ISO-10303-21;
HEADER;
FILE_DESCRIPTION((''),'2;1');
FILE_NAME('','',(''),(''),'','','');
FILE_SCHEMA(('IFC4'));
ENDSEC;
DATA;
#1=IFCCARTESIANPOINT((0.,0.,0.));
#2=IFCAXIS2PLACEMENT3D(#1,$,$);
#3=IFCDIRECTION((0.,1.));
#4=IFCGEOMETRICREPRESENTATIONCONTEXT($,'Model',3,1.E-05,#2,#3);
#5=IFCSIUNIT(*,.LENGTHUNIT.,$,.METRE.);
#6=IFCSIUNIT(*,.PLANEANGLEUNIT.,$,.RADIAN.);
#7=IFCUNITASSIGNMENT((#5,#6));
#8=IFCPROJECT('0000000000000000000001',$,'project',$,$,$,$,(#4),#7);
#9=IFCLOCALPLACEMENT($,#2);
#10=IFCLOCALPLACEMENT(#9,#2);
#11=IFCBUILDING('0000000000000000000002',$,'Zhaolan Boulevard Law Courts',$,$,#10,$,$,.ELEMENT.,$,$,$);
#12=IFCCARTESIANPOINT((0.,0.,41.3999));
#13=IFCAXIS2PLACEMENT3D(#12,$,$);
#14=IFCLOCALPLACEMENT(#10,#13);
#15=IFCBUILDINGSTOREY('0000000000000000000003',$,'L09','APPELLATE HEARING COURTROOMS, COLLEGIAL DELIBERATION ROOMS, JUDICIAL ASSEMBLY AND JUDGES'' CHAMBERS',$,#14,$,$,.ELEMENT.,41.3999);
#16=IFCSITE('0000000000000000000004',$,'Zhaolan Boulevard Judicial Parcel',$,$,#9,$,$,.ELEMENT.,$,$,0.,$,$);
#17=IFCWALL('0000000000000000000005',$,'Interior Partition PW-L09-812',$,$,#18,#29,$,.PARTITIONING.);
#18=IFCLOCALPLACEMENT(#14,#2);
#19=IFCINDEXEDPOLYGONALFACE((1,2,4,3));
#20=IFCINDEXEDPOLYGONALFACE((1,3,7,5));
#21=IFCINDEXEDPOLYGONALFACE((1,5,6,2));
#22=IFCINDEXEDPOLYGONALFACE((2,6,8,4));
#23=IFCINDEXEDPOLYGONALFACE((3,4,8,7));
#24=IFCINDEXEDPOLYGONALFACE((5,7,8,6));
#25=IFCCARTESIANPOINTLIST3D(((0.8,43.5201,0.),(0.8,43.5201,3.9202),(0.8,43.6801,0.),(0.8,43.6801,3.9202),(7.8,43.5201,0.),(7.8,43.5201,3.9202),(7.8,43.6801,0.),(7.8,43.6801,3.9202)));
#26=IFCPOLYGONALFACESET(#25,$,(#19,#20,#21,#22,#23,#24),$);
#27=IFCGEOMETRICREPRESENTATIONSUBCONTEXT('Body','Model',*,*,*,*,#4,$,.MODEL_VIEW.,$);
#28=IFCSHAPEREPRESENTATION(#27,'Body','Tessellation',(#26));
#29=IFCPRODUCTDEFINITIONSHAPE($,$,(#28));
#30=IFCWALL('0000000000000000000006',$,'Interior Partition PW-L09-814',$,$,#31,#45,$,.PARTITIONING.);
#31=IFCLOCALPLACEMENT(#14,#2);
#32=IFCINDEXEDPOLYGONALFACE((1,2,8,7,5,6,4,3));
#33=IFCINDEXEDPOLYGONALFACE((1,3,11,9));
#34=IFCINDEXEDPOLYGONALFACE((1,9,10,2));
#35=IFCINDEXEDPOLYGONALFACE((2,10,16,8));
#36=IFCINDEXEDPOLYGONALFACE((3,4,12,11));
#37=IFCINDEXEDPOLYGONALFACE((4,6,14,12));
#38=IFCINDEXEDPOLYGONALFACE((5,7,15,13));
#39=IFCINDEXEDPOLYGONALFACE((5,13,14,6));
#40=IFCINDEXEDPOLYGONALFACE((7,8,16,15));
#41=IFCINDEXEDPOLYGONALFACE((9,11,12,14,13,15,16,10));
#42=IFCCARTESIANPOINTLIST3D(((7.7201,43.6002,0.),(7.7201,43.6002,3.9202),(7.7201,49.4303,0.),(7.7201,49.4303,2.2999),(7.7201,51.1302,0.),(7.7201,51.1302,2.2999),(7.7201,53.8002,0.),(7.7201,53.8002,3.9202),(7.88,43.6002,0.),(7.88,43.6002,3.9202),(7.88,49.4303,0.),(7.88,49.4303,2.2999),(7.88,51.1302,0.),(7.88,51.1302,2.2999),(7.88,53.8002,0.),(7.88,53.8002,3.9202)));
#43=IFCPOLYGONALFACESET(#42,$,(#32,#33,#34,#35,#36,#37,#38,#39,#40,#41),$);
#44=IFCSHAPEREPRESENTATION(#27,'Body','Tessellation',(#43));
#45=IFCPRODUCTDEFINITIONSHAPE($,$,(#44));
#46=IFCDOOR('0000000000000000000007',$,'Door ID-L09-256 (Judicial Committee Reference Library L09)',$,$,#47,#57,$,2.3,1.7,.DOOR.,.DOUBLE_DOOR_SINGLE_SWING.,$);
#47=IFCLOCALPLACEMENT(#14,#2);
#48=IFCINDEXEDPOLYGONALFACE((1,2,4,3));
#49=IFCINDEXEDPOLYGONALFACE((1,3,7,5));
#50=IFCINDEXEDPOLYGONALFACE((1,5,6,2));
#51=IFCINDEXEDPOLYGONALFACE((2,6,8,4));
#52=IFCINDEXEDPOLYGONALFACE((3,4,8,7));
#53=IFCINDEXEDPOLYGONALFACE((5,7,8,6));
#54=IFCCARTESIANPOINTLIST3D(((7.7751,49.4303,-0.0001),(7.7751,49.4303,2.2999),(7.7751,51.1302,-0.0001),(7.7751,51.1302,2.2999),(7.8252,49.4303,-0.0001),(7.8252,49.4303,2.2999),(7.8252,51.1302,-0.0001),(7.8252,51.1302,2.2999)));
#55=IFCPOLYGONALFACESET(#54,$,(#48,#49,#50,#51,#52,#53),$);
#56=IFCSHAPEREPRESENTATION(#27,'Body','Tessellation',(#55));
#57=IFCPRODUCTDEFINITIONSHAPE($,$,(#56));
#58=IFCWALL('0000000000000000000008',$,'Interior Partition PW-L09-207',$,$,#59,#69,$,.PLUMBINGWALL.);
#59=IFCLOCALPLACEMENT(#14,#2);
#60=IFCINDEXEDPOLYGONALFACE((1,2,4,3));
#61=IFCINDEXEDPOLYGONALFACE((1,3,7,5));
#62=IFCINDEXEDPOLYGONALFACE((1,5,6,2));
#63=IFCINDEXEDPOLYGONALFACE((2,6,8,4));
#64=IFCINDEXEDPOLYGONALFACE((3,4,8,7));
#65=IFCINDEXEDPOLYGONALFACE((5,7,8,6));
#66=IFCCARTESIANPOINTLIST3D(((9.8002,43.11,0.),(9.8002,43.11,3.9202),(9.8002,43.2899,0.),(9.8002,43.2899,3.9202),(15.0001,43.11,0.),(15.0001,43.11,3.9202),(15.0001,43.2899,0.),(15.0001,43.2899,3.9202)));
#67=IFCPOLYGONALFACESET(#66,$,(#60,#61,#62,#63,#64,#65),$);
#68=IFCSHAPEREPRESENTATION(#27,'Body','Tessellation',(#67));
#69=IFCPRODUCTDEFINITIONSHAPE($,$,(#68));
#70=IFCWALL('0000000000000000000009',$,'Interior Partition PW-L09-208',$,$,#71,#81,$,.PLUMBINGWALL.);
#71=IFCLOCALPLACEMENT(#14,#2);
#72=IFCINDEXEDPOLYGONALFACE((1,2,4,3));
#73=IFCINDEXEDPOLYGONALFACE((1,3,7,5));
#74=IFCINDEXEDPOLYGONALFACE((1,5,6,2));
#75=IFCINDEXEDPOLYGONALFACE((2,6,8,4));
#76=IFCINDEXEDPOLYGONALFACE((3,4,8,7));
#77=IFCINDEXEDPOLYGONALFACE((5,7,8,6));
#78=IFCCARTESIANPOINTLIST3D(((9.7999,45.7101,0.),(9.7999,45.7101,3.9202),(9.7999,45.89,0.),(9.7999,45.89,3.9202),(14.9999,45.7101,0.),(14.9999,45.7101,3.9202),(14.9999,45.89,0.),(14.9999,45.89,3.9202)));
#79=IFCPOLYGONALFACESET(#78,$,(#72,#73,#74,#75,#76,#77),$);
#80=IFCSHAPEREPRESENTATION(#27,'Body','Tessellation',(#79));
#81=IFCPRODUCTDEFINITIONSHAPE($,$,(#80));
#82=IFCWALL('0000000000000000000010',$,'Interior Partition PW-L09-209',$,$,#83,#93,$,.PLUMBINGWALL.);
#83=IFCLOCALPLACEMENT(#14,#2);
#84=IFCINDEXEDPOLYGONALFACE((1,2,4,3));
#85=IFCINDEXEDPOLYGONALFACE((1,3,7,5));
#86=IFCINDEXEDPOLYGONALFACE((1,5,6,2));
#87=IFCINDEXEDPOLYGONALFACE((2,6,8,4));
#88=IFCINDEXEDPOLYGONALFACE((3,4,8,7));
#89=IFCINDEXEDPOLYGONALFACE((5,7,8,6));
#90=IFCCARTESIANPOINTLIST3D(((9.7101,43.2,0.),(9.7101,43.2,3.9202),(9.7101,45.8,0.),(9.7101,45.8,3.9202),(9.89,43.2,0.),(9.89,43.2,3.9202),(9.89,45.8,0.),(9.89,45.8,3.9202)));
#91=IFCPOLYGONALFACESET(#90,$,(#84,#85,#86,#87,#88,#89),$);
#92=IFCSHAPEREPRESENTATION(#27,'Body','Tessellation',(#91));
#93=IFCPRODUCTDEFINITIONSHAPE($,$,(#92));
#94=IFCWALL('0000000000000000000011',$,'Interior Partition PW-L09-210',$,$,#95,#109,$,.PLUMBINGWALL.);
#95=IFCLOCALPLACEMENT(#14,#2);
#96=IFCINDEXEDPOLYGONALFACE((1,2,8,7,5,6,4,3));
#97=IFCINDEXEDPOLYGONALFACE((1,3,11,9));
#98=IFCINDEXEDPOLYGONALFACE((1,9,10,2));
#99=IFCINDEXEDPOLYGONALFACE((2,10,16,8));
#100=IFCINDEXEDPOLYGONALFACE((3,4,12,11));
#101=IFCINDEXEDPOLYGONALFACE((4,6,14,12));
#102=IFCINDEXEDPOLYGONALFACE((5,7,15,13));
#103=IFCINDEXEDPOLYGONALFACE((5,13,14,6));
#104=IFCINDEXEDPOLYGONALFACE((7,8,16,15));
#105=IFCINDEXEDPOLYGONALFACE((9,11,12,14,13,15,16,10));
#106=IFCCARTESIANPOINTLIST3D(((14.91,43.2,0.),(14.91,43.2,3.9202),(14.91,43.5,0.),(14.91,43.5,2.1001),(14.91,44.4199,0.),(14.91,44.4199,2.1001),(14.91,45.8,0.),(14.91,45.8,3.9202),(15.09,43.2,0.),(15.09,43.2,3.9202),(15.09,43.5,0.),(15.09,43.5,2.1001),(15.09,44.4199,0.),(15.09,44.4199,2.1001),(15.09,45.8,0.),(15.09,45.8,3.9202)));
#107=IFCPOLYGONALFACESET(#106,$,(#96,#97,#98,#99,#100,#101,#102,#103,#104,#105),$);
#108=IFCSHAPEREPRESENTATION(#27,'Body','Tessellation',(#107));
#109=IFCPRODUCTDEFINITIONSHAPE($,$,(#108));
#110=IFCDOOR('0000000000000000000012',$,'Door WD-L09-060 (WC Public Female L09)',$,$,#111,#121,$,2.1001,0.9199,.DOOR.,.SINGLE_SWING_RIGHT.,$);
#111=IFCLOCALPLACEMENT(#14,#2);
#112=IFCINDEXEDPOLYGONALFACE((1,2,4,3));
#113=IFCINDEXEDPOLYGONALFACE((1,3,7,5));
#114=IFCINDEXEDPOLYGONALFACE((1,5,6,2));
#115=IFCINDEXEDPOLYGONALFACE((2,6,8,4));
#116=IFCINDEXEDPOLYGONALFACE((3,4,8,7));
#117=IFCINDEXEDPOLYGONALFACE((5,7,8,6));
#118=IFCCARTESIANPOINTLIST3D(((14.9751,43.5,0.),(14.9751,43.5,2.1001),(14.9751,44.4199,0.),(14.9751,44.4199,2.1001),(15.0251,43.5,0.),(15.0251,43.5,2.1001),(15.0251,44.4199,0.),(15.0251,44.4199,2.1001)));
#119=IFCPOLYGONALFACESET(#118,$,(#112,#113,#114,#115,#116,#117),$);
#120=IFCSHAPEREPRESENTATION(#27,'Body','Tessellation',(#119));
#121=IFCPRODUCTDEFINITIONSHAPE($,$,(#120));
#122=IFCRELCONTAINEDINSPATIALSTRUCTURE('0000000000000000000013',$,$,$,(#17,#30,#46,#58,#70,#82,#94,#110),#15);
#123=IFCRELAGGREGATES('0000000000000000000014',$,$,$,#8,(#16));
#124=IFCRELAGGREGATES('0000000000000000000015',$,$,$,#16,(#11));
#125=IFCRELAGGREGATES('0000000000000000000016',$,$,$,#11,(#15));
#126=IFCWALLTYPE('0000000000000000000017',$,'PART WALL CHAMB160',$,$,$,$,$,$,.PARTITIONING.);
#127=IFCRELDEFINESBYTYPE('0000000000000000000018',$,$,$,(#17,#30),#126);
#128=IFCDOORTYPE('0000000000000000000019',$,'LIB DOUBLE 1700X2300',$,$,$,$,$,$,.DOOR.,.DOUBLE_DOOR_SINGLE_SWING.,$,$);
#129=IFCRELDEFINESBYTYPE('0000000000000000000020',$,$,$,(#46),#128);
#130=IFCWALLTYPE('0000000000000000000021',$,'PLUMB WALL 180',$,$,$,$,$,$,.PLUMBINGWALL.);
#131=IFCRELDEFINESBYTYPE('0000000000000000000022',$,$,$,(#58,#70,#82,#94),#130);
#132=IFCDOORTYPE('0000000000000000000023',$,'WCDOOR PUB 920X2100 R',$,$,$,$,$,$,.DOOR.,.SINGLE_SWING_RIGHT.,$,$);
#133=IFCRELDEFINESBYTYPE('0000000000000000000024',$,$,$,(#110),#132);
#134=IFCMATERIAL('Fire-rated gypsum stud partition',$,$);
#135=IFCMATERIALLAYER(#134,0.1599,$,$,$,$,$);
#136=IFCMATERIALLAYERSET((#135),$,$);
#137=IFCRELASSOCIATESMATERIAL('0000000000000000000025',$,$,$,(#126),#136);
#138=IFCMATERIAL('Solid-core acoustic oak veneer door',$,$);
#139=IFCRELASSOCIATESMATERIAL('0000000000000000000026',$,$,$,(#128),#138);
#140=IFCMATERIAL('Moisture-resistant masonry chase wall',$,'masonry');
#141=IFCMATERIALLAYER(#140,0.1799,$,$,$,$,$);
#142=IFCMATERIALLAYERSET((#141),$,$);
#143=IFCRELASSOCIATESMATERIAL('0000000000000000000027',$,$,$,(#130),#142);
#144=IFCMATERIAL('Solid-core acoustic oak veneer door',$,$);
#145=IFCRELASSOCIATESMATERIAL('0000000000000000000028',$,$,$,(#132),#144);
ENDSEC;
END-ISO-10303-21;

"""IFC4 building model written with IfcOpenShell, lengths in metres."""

from ifc_helpers import new_model, si_unit, direction, frame, frame_2d, origin, place, context, subcontext, project, spatial, rectangle, extrude, material, layer, layer_set, type_object, element, fill, save


model = new_model("IFC4")

# Units and contexts
model_context = context("Model", 3, precision=1e-05, world=origin(), true_north=direction((0.0, 1.0)))
body_context = subcontext(model_context, "Body", "Model", "MODEL_VIEW")
ifc_project = project(units=[si_unit("LENGTHUNIT", "METRE"), si_unit("PLANEANGLEUNIT", "RADIAN")], contexts=[model_context])

# Site, building, storey
site_placement = place(None, origin())
site = spatial("IfcSite", under=ifc_project, at=site_placement, Name="Zhaolan Boulevard Judicial Parcel", CompositionType="ELEMENT", RefElevation=0.0)
building_placement = place(site_placement, origin())
building = spatial("IfcBuilding", under=site, at=building_placement, Name="Zhaolan Boulevard Law Courts", CompositionType="ELEMENT")
storey_placement = place(building_placement, frame((0.0, 0.0, 41.3999)))
storey = spatial("IfcBuildingStorey", under=building, at=storey_placement, Name="L09", Description="APPELLATE HEARING COURTROOMS, COLLEGIAL DELIBERATION ROOMS, JUDICIAL ASSEMBLY AND JUDGES' CHAMBERS", CompositionType="ELEMENT", Elevation=41.3999)

# Wall
ifc_material_1 = material(Name="Fire-rated gypsum stud partition")
ifc_layer_1 = layer(ifc_material_1, 0.1599)
ifc_layer_set_1 = layer_set([ifc_layer_1])
wall_type_1 = type_object("IfcWallType", Name="PART WALL CHAMB160", PredefinedType="PARTITIONING", material=ifc_layer_set_1)
wall_1_placement = place(storey_placement, frame((0.8, 43.6001, 0.0), z_axis=(0.0, 0.0, 1.0), x_axis=(1.0, 0.0, 0.0)))
element("IfcWall", 1, at=wall_1_placement, inside=storey, type_object=wall_type_1, Name="Interior Partition PW-L09-812", PredefinedType="PARTITIONING", context=body_context, shape_type="SweptSolid", body=[
    extrude(rectangle(XDim=7.0, YDim=0.1599, at=frame_2d((3.5, 0.0))), origin(), (0.0, 0.0, 1.0), 3.9202),
])

# Wall, opening, door
wall_2_placement = place(storey_placement, frame((7.8, 43.6001, 0.0), z_axis=(0.0, 0.0, 1.0), x_axis=(0.0, 1.0, 0.0)))
wall_2 = element("IfcWall", 2, at=wall_2_placement, inside=storey, type_object=wall_type_1, Name="Interior Partition PW-L09-814", PredefinedType="PARTITIONING", context=body_context, shape_type="SweptSolid", body=[
    extrude(rectangle(XDim=10.2, YDim=0.1599, at=frame_2d((5.1001, 0.0))), origin(), (0.0, 0.0, 1.0), 3.9202),
])
opening_1_placement = place(wall_2_placement, frame((5.8301, 0.0, 0.0)))
opening_1 = element("IfcOpeningElement", 3, at=opening_1_placement, cuts=wall_2, PredefinedType="OPENING", context=body_context, shape_type="SweptSolid", body=[
    extrude(rectangle(XDim=1.7, YDim=2.3, at=frame_2d((0.8501, 1.1499))), frame((0.0, 0.0898, 0.0), z_axis=(0.0, -1.0, 0.0), x_axis=(1.0, 0.0, 0.0)), (0.0, 0.0, 1.0), 0.1799),
])
ifc_material_2 = material(Name="Solid-core acoustic oak veneer door")
door_type_1 = type_object("IfcDoorType", Name="LIB DOUBLE 1700X2300", OperationType="DOUBLE_DOOR_SINGLE_SWING", PredefinedType="DOOR", material=ifc_material_2)
door_1_placement = place(opening_1_placement, origin())
door_1 = element("IfcDoor", 4, at=door_1_placement, inside=storey, type_object=door_type_1, Name="Door ID-L09-256 (Judicial Committee Reference Library L09)", OperationType="DOUBLE_DOOR_SINGLE_SWING", OverallHeight=2.3, OverallWidth=1.7, PredefinedType="DOOR", context=body_context, shape_type="SweptSolid", body=[
    extrude(rectangle(XDim=1.7, YDim=2.3, at=frame_2d((0.8501, 1.1499))), frame((0.0, 0.0249, 0.0), z_axis=(0.0, -1.0, 0.0), x_axis=(1.0, 0.0, 0.0)), (0.0, 0.0, 1.0), 0.05),
])
fill(opening_1, door_1)

# Walls
ifc_material_3 = material(Name="Moisture-resistant masonry chase wall", Category="masonry")
ifc_layer_2 = layer(ifc_material_3, 0.1799)
ifc_layer_set_2 = layer_set([ifc_layer_2])
wall_type_2 = type_object("IfcWallType", Name="PLUMB WALL 180", PredefinedType="PLUMBINGWALL", material=ifc_layer_set_2)
for number, where, z_axis, x_axis, name in (
    (5, (9.8, 43.2, 0.0), (0.0, 0.0, 1.0), (1.0, 0.0, 0.0), "Interior Partition PW-L09-207"),
    (6, (15.0, 45.8, 0.0), (0.0, 0.0, 1.0), (-1.0, 0.0, 0.0), "Interior Partition PW-L09-208"),
):
    element("IfcWall", number, at=place(storey_placement, frame(where, z_axis=z_axis, x_axis=x_axis)), inside=storey, type_object=wall_type_2, Name=name, PredefinedType="PLUMBINGWALL", context=body_context, shape_type="SweptSolid", body=[
        extrude(rectangle(XDim=5.2, YDim=0.1799, at=frame_2d((2.6001, 0.0))), origin(), (0.0, 0.0, 1.0), 3.9202),
    ])
wall_3_placement = place(storey_placement, frame((9.8, 45.8, 0.0), z_axis=(0.0, 0.0, 1.0), x_axis=(0.0, -1.0, 0.0)))
element("IfcWall", 7, at=wall_3_placement, inside=storey, type_object=wall_type_2, Name="Interior Partition PW-L09-209", PredefinedType="PLUMBINGWALL", context=body_context, shape_type="SweptSolid", body=[
    extrude(rectangle(XDim=2.6001, YDim=0.1799, at=frame_2d((1.3, 0.0))), origin(), (0.0, 0.0, 1.0), 3.9202),
])

# Wall, opening, door
wall_4_placement = place(storey_placement, frame((15.0, 43.2, 0.0), z_axis=(0.0, 0.0, 1.0), x_axis=(0.0, 1.0, 0.0)))
wall_4 = element("IfcWall", 8, at=wall_4_placement, inside=storey, type_object=wall_type_2, Name="Interior Partition PW-L09-210", PredefinedType="PLUMBINGWALL", context=body_context, shape_type="SweptSolid", body=[
    extrude(rectangle(XDim=2.6001, YDim=0.1799, at=frame_2d((1.3, 0.0))), origin(), (0.0, 0.0, 1.0), 3.9202),
])
opening_2_placement = place(wall_4_placement, frame((0.3, 0.0, 0.0)))
opening_2 = element("IfcOpeningElement", 9, at=opening_2_placement, cuts=wall_4, PredefinedType="OPENING", context=body_context, shape_type="SweptSolid", body=[
    extrude(rectangle(XDim=0.9199, YDim=2.1001, at=frame_2d((0.46, 1.05))), frame((0.0, 0.0999, 0.0), z_axis=(0.0, -1.0, 0.0), x_axis=(1.0, 0.0, 0.0)), (0.0, 0.0, 1.0), 0.2),
])
ifc_material_4 = material(Name="Solid-core acoustic oak veneer door")
door_type_2 = type_object("IfcDoorType", Name="WCDOOR PUB 920X2100 R", OperationType="SINGLE_SWING_RIGHT", PredefinedType="DOOR", material=ifc_material_4)
door_2_placement = place(opening_2_placement, origin())
door_2 = element("IfcDoor", 10, at=door_2_placement, inside=storey, type_object=door_type_2, Name="Door WD-L09-060 (WC Public Female L09)", OperationType="SINGLE_SWING_RIGHT", OverallHeight=2.1001, OverallWidth=0.9199, PredefinedType="DOOR", context=body_context, shape_type="SweptSolid", body=[
    extrude(rectangle(XDim=0.9199, YDim=2.1001, at=frame_2d((0.46, 1.05))), frame((0.0, 0.0249, 0.0), z_axis=(0.0, -1.0, 0.0), x_axis=(1.0, 0.0, 0.0)), (0.0, 0.0, 1.0), 0.05),
])
fill(opening_2, door_2)

save(model, "model.ifc")
